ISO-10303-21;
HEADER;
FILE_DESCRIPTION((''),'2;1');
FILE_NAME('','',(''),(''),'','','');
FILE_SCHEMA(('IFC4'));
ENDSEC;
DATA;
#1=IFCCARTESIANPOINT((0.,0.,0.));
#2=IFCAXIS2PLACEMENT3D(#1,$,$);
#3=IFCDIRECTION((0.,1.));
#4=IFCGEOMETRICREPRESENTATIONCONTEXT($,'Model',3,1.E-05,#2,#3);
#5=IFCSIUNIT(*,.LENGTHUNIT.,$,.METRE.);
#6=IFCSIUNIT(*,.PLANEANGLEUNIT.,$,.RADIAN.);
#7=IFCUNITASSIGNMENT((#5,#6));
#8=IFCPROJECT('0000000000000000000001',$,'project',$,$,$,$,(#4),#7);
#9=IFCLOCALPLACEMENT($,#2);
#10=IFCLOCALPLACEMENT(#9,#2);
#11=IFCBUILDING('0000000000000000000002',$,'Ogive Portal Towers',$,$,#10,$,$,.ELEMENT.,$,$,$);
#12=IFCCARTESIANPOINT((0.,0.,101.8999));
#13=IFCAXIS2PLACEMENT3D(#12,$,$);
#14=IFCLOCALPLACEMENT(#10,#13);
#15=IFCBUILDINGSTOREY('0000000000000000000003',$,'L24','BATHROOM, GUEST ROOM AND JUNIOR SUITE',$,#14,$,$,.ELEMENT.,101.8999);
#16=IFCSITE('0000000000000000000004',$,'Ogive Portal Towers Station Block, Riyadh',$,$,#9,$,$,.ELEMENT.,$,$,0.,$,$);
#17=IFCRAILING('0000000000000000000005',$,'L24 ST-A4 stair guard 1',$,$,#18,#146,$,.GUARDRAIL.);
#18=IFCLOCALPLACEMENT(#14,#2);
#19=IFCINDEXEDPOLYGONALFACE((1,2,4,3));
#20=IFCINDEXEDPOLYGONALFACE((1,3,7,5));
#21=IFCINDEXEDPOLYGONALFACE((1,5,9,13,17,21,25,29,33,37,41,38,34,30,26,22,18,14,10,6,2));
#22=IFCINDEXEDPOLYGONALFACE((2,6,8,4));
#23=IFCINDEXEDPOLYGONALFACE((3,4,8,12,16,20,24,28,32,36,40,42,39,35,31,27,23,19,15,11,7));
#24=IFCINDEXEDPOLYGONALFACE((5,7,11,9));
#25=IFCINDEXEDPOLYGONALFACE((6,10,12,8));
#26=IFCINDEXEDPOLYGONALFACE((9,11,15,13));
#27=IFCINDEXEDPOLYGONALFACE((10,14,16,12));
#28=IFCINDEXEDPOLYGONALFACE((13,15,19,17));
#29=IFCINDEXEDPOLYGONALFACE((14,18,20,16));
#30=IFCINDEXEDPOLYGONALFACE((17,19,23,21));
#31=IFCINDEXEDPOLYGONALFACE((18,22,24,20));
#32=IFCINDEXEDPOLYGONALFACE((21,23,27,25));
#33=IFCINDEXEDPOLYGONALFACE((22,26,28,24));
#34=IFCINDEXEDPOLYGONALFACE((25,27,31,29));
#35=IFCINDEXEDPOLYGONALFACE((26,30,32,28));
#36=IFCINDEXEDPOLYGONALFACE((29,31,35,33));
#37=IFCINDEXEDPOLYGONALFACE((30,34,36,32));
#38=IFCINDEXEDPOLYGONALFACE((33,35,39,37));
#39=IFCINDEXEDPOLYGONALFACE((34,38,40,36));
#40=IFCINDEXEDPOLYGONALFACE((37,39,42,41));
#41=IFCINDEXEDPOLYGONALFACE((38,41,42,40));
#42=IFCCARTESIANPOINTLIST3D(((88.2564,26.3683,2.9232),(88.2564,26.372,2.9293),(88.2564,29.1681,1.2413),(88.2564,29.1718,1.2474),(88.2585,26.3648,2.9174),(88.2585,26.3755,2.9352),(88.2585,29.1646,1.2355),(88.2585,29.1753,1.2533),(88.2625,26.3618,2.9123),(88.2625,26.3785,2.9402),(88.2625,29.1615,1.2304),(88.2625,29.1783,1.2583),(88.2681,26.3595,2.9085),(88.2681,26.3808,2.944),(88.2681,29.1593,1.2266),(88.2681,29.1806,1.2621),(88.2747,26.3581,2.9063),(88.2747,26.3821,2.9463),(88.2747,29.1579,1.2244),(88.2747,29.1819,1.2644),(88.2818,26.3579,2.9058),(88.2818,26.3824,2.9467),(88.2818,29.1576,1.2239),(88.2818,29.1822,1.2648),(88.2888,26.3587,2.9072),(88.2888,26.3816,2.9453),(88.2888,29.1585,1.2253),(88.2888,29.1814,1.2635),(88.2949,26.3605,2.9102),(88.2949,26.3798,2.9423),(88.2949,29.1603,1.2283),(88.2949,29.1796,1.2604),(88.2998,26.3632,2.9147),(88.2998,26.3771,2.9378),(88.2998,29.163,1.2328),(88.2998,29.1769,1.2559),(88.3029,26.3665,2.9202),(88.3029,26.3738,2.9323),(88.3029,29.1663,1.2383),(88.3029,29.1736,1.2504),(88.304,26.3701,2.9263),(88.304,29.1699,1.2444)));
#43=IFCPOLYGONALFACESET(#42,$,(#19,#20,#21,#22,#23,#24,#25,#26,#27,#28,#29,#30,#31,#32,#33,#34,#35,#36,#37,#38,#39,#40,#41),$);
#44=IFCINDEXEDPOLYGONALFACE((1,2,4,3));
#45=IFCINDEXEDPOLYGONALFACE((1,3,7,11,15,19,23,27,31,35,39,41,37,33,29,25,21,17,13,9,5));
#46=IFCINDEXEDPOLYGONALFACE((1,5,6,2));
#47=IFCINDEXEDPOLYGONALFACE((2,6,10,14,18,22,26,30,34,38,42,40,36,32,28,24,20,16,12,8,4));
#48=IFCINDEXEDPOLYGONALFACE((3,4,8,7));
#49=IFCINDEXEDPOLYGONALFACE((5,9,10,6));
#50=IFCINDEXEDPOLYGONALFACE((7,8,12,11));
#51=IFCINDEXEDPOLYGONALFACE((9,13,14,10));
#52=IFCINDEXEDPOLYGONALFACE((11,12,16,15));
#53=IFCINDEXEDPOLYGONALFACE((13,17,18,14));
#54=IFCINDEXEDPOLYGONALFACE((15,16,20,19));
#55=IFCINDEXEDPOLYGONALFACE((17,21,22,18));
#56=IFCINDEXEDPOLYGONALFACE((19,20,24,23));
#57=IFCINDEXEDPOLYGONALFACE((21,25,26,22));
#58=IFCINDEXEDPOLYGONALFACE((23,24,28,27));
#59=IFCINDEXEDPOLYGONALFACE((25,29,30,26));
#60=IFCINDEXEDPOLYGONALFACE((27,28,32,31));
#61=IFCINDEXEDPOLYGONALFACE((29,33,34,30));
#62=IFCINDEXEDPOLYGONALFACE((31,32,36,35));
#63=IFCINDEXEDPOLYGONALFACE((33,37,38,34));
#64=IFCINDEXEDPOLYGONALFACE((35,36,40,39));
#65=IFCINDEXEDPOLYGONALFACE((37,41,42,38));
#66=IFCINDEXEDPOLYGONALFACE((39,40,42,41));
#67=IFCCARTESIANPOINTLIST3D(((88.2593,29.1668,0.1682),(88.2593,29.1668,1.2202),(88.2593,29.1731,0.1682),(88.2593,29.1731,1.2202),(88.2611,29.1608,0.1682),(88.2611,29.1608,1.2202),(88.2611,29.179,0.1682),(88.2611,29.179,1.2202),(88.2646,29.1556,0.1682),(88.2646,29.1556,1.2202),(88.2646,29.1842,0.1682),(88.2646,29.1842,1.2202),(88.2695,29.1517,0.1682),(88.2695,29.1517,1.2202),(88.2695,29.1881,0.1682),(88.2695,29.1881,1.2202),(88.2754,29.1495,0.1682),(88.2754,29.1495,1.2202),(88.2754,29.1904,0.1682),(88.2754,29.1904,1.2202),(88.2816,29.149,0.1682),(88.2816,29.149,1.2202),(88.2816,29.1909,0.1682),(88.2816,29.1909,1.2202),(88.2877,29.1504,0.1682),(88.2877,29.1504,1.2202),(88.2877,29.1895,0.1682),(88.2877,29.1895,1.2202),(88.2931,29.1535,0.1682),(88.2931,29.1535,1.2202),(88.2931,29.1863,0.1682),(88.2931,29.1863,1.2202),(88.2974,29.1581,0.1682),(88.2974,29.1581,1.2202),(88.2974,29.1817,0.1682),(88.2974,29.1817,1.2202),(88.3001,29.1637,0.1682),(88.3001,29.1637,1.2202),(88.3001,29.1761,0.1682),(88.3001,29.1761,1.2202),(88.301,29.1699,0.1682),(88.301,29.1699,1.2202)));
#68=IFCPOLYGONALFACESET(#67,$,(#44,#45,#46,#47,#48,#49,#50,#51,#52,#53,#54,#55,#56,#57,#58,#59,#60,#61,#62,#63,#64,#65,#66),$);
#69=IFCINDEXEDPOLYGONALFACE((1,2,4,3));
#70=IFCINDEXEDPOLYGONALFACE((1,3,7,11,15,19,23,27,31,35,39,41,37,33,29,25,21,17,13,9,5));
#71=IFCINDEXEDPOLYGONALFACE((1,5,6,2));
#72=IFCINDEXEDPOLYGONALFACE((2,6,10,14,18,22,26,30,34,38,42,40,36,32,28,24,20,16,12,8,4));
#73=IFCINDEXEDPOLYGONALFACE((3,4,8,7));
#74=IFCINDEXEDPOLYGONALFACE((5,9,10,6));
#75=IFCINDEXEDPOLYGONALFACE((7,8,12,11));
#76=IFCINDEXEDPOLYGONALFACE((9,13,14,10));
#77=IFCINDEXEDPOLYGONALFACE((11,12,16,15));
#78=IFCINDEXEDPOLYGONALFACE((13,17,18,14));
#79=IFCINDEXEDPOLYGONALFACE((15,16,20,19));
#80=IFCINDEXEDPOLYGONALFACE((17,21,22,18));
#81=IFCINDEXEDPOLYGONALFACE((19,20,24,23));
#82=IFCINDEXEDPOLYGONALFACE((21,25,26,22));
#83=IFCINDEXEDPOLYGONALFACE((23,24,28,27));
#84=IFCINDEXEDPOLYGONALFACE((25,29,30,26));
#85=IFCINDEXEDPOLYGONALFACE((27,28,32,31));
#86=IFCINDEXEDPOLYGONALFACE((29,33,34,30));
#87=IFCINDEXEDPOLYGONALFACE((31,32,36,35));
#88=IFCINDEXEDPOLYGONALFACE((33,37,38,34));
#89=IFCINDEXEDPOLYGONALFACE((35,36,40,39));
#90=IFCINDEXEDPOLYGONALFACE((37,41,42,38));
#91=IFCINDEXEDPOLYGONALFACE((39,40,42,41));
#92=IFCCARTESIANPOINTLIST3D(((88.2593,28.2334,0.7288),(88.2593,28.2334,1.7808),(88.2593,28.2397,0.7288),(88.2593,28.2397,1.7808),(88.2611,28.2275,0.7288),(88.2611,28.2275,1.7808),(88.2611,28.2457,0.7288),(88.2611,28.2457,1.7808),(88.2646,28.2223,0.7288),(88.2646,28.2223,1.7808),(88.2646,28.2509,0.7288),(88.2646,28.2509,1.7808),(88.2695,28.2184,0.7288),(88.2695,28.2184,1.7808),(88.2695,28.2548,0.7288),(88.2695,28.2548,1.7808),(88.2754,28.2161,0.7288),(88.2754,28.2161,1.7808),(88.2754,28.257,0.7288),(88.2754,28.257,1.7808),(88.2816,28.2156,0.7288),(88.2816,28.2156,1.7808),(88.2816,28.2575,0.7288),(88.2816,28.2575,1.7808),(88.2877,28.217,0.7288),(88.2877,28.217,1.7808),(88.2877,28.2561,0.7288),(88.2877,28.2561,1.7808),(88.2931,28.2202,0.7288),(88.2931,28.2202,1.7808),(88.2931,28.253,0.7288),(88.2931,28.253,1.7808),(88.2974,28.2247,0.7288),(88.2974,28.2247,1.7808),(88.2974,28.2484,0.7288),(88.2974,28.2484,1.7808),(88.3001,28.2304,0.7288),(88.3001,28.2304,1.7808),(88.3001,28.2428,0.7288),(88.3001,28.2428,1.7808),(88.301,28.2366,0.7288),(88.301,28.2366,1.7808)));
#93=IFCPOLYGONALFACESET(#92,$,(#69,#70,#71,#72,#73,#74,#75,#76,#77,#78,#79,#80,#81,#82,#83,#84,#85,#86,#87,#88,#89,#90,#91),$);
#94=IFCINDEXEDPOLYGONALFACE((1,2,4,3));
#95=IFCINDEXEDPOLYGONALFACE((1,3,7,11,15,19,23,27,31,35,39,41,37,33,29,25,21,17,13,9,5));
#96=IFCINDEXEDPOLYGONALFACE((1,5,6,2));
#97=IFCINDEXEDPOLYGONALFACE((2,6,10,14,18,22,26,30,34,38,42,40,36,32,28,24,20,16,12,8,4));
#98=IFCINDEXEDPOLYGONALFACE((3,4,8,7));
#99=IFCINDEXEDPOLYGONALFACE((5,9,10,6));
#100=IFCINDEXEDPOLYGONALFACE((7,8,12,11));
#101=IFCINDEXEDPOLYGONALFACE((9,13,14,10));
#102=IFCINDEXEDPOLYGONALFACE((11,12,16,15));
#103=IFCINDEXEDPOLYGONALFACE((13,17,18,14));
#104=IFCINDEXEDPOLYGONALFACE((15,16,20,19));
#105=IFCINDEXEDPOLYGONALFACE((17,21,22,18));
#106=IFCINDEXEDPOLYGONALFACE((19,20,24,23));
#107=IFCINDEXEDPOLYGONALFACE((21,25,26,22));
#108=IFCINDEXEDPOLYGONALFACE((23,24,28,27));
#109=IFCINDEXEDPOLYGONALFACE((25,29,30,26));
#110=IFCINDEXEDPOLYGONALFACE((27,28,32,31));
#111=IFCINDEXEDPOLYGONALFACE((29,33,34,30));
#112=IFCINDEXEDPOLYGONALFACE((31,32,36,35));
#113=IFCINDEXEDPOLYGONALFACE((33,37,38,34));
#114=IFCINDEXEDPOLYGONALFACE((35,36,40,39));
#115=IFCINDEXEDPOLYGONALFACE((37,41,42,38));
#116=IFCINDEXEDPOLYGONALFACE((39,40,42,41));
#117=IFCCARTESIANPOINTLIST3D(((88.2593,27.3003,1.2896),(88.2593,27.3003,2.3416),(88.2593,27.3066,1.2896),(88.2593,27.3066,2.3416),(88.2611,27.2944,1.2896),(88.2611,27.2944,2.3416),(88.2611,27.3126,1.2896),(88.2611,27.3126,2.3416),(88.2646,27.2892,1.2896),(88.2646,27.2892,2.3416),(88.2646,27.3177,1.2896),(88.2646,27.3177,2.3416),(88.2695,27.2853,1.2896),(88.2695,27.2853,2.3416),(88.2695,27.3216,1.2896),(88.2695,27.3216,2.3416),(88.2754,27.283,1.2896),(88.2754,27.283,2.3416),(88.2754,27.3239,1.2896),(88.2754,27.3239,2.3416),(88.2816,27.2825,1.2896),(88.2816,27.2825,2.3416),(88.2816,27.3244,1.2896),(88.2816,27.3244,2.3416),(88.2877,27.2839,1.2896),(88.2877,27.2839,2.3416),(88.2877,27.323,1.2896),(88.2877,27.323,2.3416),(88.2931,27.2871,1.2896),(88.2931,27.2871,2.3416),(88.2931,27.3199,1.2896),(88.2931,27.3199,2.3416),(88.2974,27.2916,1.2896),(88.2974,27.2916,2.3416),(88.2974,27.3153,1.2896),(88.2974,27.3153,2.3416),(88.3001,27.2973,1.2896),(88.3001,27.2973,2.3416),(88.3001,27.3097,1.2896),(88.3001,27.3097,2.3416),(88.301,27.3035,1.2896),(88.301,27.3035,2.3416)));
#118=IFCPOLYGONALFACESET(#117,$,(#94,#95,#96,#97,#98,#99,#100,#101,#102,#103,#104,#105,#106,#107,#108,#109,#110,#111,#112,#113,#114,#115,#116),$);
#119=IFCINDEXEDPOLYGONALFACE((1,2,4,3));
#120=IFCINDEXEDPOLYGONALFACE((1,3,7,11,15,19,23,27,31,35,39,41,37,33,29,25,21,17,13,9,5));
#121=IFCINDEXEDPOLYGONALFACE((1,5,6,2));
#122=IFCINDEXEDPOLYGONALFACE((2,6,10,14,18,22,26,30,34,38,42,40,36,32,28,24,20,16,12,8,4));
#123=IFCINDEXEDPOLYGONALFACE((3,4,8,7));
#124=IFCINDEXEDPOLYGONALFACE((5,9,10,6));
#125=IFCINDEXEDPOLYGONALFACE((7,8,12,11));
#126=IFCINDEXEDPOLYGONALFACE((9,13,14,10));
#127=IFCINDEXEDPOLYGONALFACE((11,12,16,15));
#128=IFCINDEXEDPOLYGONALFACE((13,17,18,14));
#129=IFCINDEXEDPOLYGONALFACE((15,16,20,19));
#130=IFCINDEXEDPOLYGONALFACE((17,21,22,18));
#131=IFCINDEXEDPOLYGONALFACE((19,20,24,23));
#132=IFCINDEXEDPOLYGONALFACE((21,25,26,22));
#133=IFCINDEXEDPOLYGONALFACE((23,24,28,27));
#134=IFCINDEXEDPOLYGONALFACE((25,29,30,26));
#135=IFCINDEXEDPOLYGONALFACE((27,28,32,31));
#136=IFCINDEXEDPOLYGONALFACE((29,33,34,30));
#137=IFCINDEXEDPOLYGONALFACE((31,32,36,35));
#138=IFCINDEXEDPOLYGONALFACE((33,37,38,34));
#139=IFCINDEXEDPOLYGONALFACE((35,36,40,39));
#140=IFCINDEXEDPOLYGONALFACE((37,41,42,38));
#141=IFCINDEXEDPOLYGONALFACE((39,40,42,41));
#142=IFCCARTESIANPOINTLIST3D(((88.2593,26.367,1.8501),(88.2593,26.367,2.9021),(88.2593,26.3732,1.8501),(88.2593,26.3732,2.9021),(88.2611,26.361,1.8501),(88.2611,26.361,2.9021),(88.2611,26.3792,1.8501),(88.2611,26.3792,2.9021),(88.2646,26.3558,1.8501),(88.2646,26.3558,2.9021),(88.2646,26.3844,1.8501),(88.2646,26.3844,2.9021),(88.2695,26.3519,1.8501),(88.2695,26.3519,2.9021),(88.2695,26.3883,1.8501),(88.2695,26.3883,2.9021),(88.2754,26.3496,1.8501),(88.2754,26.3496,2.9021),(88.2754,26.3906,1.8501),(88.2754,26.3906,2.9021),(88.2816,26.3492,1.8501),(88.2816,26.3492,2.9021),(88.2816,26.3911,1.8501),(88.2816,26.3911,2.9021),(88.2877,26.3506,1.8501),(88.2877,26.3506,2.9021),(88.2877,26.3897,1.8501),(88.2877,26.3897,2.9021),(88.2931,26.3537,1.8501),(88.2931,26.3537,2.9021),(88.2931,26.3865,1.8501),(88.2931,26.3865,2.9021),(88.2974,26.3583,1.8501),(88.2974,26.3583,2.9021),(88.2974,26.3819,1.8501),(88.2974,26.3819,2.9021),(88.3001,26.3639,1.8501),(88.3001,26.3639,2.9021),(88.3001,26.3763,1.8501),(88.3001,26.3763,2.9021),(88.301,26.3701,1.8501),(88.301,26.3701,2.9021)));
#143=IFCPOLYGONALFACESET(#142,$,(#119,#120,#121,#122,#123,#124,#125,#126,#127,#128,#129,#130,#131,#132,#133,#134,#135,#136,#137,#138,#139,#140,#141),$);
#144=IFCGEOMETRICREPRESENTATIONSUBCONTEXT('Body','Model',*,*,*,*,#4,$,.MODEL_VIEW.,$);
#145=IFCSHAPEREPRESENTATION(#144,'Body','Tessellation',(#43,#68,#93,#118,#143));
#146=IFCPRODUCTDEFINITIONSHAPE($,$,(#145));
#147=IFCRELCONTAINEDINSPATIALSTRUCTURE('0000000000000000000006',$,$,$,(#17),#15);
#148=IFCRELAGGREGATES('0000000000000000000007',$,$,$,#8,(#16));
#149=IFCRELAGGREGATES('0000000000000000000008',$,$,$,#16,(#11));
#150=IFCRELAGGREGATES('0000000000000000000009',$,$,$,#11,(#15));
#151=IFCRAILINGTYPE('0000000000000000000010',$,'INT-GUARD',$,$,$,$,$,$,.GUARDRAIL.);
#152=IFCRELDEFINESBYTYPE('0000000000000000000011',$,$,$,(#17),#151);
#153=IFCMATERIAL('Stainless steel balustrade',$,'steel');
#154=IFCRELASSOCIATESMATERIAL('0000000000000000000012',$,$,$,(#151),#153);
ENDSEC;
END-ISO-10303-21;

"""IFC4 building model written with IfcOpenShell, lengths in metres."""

from ifc_helpers import new_model, si_unit, direction, frame, origin, origin_2d, place, context, subcontext, project, spatial, circle, extrude, material, type_object, element, save


model = new_model("IFC4")

# Units and contexts
model_context = context("Model", 3, precision=1e-05, world=origin(), true_north=direction((0.0, 1.0)))
body_context = subcontext(model_context, "Body", "Model", "MODEL_VIEW")
ifc_project = project(units=[si_unit("LENGTHUNIT", "METRE"), si_unit("PLANEANGLEUNIT", "RADIAN")], contexts=[model_context])

# Site, building, storey
site_placement = place(None, origin())
site = spatial("IfcSite", under=ifc_project, at=site_placement, Name="Ogive Portal Towers Station Block, Riyadh", CompositionType="ELEMENT", RefElevation=0.0)
building_placement = place(site_placement, origin())
building = spatial("IfcBuilding", under=site, at=building_placement, Name="Ogive Portal Towers", CompositionType="ELEMENT")
storey_placement = place(building_placement, frame((0.0, 0.0, 101.8999)))
storey = spatial("IfcBuildingStorey", under=building, at=storey_placement, Name="L24", Description="BATHROOM, GUEST ROOM AND JUNIOR SUITE", CompositionType="ELEMENT", Elevation=101.8999)

# Railing
ifc_material_1 = material(Name="Stainless steel balustrade", Category="steel")
railing_type_1 = type_object("IfcRailingType", Name="INT-GUARD", PredefinedType="GUARDRAIL", material=ifc_material_1)
railing_1_placement = place(storey_placement, frame((88.28, 29.1699, 0.1682)))
element("IfcRailing", 1, at=railing_1_placement, inside=storey, type_object=railing_type_1, Name="L24 ST-A4 stair guard 1", PredefinedType="GUARDRAIL", context=body_context, shape_type="SweptSolid", body=[
    extrude(circle(Radius=0.0239, at=origin_2d()), frame((0.0, 0.0, 1.0762), z_axis=(0.0, -0.857222, 0.514946), x_axis=(1.0, 0.0, 0.0)), (0.0, 0.0, 1.0), 3.2661),
    extrude(circle(Radius=0.021, at=origin_2d()), origin(), (0.0, 0.0, 1.0), 1.052),
    extrude(circle(Radius=0.021, at=origin_2d()), frame((0.0, -0.9333, 0.5605)), (0.0, 0.0, 1.0), 1.052),
    extrude(circle(Radius=0.021, at=origin_2d()), frame((0.0, -1.8665, 1.1213)), (0.0, 0.0, 1.0), 1.052),
    extrude(circle(Radius=0.021, at=origin_2d()), frame((0.0, -2.7998, 1.6819)), (0.0, 0.0, 1.0), 1.052),
])

save(model, "model.ifc")
